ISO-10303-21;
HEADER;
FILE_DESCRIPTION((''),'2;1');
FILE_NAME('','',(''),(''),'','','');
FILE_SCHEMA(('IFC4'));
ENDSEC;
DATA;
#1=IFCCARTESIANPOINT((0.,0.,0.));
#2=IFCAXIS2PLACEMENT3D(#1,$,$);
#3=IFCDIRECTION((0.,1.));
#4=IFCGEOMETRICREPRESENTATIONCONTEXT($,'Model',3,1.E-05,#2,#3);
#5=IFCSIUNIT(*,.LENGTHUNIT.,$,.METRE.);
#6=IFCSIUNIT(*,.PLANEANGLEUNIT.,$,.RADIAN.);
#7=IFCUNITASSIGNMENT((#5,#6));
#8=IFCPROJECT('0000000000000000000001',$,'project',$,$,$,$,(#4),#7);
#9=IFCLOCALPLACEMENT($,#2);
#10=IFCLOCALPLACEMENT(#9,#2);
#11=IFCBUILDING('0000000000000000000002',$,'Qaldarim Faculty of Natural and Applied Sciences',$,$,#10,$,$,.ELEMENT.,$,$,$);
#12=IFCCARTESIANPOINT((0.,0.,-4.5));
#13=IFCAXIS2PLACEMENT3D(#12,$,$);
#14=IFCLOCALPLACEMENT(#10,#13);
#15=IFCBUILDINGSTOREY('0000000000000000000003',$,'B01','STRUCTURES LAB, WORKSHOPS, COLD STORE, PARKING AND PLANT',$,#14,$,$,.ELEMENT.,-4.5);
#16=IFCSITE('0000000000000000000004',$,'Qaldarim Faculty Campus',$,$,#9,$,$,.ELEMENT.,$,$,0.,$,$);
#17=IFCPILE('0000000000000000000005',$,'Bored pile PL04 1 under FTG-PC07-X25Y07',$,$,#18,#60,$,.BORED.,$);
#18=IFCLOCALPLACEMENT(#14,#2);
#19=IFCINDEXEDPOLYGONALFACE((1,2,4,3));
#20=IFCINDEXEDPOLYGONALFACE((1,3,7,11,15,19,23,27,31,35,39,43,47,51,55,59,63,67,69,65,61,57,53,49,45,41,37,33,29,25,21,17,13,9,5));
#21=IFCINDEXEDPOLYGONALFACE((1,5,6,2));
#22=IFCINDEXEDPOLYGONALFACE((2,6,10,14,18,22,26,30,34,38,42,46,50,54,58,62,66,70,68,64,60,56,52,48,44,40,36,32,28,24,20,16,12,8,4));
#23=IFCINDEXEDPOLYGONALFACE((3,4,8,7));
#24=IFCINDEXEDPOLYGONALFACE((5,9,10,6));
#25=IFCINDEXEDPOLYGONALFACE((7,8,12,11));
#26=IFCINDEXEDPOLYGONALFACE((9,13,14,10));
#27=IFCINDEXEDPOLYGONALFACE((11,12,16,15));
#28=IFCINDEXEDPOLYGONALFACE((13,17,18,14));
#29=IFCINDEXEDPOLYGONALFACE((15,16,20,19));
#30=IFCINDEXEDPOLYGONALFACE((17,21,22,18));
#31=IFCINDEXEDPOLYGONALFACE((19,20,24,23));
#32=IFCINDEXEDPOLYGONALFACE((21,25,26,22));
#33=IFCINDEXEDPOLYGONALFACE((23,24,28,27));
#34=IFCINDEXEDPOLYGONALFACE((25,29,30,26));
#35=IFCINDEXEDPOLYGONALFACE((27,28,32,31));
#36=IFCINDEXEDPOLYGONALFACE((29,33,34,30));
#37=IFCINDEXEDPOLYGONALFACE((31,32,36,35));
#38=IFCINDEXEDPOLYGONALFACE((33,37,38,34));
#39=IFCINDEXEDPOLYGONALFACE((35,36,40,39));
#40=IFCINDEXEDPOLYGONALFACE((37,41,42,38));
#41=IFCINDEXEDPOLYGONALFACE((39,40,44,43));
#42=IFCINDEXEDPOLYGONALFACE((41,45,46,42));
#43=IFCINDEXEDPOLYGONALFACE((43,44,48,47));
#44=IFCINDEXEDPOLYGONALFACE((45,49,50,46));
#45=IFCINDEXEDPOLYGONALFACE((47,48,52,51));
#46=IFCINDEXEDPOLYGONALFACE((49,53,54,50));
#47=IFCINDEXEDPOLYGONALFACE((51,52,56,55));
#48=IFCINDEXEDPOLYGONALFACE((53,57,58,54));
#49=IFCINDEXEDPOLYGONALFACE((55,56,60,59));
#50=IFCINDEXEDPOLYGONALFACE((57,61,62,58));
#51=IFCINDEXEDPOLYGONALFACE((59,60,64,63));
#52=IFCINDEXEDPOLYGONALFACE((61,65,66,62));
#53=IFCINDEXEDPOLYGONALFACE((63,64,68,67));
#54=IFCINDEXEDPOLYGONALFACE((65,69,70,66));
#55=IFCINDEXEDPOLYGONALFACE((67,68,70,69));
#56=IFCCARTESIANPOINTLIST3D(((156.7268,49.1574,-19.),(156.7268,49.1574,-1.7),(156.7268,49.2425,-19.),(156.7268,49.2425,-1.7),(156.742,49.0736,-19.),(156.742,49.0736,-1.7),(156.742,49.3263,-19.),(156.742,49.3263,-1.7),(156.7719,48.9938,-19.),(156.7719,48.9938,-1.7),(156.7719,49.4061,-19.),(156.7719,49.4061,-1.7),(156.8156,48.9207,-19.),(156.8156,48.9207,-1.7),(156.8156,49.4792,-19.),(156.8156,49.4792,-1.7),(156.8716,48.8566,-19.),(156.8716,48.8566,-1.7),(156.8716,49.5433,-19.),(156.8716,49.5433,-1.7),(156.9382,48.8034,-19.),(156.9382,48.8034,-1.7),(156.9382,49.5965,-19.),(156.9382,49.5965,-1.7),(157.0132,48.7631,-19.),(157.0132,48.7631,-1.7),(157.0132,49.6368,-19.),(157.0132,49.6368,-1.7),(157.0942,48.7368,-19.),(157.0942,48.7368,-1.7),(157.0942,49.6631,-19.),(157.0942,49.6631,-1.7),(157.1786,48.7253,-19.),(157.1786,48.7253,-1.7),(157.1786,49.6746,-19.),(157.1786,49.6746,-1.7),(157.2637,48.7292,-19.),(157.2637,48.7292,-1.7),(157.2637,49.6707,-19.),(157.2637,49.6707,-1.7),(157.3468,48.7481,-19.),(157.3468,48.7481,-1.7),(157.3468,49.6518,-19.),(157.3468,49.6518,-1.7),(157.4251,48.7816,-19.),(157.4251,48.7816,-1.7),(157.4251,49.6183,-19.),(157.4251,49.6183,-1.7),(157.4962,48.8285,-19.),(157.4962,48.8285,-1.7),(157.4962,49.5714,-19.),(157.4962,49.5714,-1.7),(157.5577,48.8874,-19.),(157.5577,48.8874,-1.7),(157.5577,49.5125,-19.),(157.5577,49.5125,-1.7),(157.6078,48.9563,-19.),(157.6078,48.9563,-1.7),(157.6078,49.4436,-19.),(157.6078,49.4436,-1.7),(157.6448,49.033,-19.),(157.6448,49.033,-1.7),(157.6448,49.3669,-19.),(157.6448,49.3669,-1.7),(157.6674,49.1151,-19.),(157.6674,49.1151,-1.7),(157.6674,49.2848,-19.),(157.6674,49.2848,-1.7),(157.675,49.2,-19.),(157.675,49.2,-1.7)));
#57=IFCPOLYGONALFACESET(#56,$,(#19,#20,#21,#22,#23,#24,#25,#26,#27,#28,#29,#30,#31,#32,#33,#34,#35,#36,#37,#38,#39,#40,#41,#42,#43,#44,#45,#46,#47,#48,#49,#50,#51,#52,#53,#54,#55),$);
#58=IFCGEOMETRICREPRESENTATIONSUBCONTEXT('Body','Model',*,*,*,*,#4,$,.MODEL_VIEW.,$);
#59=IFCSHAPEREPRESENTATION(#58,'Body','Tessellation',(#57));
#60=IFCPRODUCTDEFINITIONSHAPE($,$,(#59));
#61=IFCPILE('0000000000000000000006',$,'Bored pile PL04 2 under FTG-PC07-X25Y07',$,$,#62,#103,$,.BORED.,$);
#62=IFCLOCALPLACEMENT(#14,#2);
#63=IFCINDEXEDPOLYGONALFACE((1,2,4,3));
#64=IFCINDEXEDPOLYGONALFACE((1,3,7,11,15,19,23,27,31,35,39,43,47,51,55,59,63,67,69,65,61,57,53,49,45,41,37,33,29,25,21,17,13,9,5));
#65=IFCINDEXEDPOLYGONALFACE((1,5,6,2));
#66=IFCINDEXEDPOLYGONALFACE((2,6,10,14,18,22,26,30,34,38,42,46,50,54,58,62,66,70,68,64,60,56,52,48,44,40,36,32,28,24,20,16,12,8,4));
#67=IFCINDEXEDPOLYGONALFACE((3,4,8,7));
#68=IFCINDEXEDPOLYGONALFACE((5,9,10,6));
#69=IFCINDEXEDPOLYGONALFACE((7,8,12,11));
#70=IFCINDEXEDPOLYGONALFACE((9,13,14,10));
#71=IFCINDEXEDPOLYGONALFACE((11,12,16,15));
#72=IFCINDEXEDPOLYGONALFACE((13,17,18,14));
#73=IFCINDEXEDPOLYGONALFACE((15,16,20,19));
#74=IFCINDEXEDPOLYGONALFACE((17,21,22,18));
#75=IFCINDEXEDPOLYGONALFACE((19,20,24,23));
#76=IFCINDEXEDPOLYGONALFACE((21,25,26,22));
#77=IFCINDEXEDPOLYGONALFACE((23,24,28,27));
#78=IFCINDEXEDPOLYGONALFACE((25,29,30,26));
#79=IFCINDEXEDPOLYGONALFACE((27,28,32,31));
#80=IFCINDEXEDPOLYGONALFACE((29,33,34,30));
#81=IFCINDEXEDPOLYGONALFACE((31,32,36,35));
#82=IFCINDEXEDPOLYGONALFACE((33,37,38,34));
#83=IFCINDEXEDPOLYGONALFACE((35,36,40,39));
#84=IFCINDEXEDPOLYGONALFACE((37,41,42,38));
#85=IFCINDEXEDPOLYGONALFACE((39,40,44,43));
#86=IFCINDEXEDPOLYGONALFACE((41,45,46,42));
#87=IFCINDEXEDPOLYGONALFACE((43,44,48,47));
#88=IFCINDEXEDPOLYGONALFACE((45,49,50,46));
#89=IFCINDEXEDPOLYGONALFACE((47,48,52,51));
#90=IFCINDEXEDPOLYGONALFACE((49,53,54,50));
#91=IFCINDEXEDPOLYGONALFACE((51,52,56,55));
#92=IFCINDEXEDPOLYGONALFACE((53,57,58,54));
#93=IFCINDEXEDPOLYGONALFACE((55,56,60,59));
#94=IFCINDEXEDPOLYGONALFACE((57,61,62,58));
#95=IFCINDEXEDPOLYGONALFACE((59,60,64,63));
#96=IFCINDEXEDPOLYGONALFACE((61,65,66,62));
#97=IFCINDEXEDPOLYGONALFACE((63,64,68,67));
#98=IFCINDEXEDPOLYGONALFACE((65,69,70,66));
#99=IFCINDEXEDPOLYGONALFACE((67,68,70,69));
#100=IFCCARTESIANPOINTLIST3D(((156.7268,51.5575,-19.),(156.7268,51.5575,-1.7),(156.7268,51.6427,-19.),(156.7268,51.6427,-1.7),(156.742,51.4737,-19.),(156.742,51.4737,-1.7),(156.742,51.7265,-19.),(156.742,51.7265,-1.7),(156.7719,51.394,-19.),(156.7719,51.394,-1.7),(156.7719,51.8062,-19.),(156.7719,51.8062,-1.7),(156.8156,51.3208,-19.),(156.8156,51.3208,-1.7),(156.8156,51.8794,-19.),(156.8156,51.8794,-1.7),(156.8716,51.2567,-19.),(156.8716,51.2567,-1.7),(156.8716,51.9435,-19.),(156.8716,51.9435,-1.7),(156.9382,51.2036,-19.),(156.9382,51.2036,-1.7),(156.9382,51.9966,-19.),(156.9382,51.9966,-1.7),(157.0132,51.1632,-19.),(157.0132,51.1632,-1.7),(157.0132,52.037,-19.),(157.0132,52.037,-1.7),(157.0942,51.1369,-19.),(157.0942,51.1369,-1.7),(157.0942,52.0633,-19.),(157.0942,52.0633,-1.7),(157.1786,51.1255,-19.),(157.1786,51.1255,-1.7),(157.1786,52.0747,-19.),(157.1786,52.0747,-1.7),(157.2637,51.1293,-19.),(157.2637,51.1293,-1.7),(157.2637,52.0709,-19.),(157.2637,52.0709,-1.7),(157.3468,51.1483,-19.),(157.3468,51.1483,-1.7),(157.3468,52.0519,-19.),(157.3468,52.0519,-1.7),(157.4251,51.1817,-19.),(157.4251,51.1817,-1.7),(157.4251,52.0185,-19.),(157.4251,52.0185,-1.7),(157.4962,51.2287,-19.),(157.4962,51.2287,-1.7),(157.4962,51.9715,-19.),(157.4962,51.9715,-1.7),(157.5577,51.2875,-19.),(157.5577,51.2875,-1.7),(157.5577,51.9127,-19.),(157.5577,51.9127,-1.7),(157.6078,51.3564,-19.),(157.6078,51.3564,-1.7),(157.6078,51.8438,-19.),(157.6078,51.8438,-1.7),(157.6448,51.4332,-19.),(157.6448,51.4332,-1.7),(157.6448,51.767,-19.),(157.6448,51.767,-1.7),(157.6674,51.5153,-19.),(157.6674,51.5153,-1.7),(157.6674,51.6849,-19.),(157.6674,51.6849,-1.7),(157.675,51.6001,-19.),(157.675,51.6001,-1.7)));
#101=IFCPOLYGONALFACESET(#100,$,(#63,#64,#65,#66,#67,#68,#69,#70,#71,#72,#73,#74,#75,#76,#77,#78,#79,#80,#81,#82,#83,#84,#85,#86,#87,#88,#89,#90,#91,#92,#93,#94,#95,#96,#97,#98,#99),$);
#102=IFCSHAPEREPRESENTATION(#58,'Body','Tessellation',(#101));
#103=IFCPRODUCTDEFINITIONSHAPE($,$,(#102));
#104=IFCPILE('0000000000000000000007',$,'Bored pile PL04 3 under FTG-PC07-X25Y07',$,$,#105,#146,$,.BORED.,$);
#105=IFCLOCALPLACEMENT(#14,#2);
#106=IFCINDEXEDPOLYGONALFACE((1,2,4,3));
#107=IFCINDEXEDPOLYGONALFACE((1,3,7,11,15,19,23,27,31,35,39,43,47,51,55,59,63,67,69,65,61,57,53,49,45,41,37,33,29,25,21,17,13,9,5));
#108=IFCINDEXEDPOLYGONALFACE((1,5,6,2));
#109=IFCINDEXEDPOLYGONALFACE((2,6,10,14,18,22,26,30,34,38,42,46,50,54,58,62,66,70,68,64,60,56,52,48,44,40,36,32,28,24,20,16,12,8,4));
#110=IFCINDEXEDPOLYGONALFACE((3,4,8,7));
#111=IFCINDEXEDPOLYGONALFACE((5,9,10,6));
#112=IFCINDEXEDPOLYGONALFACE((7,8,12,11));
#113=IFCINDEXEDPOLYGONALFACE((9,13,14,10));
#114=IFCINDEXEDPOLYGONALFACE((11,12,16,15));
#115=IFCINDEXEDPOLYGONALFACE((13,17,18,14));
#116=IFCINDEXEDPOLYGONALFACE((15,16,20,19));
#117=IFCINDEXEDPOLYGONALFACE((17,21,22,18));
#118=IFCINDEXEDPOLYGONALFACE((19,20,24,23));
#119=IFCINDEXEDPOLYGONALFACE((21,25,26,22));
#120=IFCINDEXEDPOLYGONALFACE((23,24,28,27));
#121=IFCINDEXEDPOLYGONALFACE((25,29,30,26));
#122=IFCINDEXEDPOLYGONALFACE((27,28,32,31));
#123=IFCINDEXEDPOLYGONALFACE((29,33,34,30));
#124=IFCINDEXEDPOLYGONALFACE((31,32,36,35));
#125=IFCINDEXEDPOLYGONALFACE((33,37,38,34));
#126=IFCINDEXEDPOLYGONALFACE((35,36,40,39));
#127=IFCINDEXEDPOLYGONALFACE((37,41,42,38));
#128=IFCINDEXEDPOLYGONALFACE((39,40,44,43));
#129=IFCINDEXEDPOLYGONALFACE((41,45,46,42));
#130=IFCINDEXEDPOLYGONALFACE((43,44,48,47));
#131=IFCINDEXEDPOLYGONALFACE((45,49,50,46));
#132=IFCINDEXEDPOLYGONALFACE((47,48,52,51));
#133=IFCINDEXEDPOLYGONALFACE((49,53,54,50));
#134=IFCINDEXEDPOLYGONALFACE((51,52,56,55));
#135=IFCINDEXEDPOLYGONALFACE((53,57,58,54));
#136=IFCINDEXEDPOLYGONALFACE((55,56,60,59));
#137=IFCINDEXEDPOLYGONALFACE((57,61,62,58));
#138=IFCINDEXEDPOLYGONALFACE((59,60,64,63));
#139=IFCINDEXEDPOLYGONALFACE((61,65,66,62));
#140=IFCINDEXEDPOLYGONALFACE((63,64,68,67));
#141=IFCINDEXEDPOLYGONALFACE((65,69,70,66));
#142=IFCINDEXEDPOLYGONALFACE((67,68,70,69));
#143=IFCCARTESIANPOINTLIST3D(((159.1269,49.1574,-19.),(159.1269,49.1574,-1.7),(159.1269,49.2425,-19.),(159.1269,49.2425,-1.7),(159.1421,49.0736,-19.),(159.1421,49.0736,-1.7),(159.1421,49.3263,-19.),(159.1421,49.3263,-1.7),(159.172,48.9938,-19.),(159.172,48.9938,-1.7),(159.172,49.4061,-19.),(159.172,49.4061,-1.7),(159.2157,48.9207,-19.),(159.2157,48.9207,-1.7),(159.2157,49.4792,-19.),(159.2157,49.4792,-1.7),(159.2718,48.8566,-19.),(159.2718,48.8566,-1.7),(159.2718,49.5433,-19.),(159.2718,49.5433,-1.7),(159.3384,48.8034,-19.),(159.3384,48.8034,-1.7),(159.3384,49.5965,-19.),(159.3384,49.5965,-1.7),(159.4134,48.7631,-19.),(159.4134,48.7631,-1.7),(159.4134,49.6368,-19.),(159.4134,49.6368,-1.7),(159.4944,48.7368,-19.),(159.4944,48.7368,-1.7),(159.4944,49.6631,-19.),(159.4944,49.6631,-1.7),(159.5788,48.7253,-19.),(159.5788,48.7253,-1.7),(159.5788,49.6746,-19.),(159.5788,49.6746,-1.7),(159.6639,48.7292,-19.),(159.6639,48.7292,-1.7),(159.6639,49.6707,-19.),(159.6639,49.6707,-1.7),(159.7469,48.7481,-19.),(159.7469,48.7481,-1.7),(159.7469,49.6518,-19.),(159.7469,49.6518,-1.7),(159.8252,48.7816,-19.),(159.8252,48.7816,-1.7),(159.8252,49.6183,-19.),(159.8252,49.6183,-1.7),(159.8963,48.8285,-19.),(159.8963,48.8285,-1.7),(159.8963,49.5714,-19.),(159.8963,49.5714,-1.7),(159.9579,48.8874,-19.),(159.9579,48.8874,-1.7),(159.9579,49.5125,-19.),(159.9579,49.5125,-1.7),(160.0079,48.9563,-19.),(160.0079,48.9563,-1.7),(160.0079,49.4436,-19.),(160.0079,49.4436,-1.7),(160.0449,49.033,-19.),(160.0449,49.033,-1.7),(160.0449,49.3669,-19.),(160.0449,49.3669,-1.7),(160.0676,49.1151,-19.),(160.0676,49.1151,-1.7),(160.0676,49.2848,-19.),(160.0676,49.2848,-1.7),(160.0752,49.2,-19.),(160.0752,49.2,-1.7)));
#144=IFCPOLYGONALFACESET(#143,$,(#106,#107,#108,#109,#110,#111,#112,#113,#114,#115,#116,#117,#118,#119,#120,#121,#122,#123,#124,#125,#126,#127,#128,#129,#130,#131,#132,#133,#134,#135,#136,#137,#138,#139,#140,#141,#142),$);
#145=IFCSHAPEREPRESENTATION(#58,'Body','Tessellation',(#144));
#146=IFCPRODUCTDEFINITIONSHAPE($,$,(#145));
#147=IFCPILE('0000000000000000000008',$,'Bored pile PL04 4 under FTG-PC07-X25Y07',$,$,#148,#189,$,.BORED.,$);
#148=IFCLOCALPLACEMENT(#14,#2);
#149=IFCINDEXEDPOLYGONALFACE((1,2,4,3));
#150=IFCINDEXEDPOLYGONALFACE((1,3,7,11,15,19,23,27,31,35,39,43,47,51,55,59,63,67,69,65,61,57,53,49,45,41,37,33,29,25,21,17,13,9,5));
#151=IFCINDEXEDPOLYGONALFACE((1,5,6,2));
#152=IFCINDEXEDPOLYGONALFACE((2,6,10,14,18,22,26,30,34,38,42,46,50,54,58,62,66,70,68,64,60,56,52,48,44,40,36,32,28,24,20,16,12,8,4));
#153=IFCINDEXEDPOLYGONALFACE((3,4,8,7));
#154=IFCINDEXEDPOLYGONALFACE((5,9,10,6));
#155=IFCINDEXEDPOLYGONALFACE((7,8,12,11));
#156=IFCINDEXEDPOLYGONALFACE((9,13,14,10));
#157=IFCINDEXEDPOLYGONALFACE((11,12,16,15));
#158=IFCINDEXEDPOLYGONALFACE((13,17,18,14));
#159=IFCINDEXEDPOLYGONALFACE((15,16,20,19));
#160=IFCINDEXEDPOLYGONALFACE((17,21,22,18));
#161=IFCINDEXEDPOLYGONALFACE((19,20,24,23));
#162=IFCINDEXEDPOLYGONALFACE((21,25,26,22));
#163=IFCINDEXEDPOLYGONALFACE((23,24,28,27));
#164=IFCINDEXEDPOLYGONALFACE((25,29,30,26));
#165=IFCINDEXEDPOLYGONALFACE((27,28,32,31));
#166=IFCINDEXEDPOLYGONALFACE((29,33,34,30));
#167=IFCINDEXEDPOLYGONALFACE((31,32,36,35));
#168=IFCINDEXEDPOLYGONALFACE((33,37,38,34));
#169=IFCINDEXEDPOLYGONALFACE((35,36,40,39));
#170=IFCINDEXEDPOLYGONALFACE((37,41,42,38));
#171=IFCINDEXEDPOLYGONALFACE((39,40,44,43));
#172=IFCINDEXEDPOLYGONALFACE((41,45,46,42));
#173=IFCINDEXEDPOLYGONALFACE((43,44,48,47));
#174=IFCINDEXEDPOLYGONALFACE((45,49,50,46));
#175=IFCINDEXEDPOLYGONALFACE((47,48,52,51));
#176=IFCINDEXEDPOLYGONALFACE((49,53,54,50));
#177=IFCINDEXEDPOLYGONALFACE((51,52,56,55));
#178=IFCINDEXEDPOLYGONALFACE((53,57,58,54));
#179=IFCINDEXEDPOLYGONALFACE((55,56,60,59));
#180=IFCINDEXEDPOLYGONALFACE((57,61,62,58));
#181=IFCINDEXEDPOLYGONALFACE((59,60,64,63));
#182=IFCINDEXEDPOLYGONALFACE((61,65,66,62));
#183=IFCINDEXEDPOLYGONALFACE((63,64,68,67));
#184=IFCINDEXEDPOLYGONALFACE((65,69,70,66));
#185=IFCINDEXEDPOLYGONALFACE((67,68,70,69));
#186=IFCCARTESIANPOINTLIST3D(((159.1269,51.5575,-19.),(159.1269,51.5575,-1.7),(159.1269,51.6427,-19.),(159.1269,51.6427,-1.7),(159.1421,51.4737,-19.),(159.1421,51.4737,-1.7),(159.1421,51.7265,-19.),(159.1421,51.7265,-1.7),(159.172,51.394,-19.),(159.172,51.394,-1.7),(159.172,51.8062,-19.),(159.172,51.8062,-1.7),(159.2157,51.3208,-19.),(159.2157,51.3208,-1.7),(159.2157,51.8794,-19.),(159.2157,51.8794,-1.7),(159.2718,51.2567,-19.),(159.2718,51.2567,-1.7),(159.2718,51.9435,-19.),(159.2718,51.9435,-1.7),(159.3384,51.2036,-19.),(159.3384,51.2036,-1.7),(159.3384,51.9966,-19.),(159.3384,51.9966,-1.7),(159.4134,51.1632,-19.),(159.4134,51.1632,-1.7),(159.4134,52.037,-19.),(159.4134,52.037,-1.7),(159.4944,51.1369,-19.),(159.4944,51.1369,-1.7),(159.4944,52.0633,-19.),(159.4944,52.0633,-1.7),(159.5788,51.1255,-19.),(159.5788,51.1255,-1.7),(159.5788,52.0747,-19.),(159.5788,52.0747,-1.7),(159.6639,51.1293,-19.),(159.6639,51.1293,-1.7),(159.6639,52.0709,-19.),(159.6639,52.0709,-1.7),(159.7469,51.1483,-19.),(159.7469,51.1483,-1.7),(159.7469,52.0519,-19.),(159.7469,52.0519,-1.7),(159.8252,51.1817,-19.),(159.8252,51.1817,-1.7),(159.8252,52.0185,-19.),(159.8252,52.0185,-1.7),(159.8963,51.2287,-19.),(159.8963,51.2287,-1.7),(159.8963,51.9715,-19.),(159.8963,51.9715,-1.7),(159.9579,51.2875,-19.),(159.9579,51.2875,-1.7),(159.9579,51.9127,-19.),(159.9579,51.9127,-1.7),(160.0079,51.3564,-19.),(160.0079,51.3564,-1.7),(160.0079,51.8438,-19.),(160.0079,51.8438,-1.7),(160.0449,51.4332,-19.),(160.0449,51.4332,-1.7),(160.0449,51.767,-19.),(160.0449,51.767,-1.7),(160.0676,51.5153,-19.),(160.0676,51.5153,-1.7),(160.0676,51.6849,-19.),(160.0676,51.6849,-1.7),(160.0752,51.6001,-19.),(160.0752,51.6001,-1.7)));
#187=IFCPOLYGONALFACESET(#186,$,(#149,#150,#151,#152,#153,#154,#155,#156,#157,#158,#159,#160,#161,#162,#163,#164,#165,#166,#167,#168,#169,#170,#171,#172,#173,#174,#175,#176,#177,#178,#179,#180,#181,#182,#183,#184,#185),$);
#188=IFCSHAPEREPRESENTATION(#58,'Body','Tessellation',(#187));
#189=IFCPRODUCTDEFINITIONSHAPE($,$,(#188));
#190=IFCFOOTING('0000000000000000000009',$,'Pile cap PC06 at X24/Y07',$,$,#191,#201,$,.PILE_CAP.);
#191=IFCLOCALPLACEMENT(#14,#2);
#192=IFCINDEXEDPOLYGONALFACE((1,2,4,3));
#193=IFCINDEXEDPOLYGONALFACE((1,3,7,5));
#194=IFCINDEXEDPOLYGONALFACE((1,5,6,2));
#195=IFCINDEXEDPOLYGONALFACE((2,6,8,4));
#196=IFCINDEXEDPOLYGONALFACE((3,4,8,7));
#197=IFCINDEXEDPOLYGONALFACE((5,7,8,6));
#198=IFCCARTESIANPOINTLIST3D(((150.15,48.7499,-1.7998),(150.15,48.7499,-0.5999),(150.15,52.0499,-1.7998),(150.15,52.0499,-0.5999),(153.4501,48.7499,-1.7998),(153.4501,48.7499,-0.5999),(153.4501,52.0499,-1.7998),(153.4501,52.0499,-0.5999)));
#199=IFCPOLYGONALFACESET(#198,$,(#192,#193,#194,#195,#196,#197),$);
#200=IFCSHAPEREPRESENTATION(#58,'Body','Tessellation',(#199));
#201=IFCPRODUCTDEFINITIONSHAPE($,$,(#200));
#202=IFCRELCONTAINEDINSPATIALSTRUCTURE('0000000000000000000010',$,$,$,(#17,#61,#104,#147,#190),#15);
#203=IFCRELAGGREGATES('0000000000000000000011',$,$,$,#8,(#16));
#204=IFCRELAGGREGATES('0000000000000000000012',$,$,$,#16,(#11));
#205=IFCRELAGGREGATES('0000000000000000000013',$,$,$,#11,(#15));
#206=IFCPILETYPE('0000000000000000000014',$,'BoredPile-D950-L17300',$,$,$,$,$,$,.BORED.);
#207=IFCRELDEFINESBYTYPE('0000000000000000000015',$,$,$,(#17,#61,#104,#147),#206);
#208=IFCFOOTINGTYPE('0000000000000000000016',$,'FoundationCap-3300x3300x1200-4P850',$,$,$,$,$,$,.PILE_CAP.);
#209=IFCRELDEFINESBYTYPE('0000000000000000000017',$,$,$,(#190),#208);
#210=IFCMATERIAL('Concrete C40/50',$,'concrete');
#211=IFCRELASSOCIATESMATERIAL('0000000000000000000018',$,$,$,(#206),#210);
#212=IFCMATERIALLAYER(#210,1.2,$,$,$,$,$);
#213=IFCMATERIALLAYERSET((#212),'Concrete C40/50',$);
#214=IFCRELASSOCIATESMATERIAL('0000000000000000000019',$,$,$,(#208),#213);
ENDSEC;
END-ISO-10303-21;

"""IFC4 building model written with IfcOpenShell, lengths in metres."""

from ifc_helpers import new_model, si_unit, direction, frame, origin, origin_2d, place, context, subcontext, project, spatial, rectangle, circle, extrude, material, layer, layer_set, material_profile, profile_set, type_object, element, save


model = new_model("IFC4")

# Units and contexts
model_context = context("Model", 3, precision=1e-05, world=origin(), true_north=direction((0.0, 1.0)))
body_context = subcontext(model_context, "Body", "Model", "MODEL_VIEW")
ifc_project = project(units=[si_unit("LENGTHUNIT", "METRE"), si_unit("PLANEANGLEUNIT", "RADIAN")], contexts=[model_context])

# Site, building, storey
site_placement = place(None, origin())
site = spatial("IfcSite", under=ifc_project, at=site_placement, Name="Qaldarim Faculty Campus", CompositionType="ELEMENT", RefElevation=0.0)
building_placement = place(site_placement, origin())
building = spatial("IfcBuilding", under=site, at=building_placement, Name="Qaldarim Faculty of Natural and Applied Sciences", CompositionType="ELEMENT")
storey_placement = place(building_placement, frame((0.0, 0.0, -4.5)))
storey = spatial("IfcBuildingStorey", under=building, at=storey_placement, Name="B01", Description="STRUCTURES LAB, WORKSHOPS, COLD STORE, PARKING AND PLANT", CompositionType="ELEMENT", Elevation=-4.5)

# Piles
ifc_material_1 = material(Name="Concrete C40/50", Category="concrete")
ifc_material_profile_1 = material_profile(ifc_material_1, circle(Radius=0.4751, at=origin_2d()), Name="PILE-D950")
ifc_profile_set_1 = profile_set([ifc_material_profile_1], Name="Concrete C40/50")
pile_type_1 = type_object("IfcPileType", Name="BoredPile-D950-L17300", PredefinedType="BORED", material=ifc_profile_set_1)
for number, where, z_axis, x_axis, name in (
    (1, (157.2, 49.2, -1.7), (0.0, 0.0, -1.0), (1.0, 0.0, 0.0), "Bored pile PL04 1 under FTG-PC07-X25Y07"),
    (2, (157.2, 51.6001, -1.7), (0.0, 0.0, -1.0), (1.0, 0.0, 0.0), "Bored pile PL04 2 under FTG-PC07-X25Y07"),
    (3, (159.6001, 49.2, -1.7), (0.0, 0.0, -1.0), (1.0, 0.0, 0.0), "Bored pile PL04 3 under FTG-PC07-X25Y07"),
    (4, (159.6001, 51.6001, -1.7), (0.0, 0.0, -1.0), (1.0, 0.0, 0.0), "Bored pile PL04 4 under FTG-PC07-X25Y07"),
):
    element("IfcPile", number, at=place(storey_placement, frame(where, z_axis=z_axis, x_axis=x_axis)), inside=storey, type_object=pile_type_1, Name=name, PredefinedType="BORED", context=body_context, shape_type="SweptSolid", body=[
        extrude(circle(Radius=0.4751, at=origin_2d()), origin(), (0.0, 0.0, 1.0), 17.3),
    ])

# Footing
ifc_layer_1 = layer(ifc_material_1, 1.2)
ifc_layer_set_1 = layer_set([ifc_layer_1], Name="Concrete C40/50")
footing_type_1 = type_object("IfcFootingType", Name="FoundationCap-3300x3300x1200-4P850", PredefinedType="PILE_CAP", material=ifc_layer_set_1)
footing_1_placement = place(storey_placement, frame((151.8, 50.3999, -1.7998), z_axis=(0.0, 0.0, 1.0), x_axis=(1.0, 0.0, 0.0)))
element("IfcFooting", 5, at=footing_1_placement, inside=storey, type_object=footing_type_1, Name="Pile cap PC06 at X24/Y07", PredefinedType="PILE_CAP", context=body_context, shape_type="SweptSolid", body=[
    extrude(rectangle(XDim=3.3, YDim=3.3, at=origin_2d()), origin(), (0.0, 0.0, 1.0), 1.2),
])

save(model, "model.ifc")
